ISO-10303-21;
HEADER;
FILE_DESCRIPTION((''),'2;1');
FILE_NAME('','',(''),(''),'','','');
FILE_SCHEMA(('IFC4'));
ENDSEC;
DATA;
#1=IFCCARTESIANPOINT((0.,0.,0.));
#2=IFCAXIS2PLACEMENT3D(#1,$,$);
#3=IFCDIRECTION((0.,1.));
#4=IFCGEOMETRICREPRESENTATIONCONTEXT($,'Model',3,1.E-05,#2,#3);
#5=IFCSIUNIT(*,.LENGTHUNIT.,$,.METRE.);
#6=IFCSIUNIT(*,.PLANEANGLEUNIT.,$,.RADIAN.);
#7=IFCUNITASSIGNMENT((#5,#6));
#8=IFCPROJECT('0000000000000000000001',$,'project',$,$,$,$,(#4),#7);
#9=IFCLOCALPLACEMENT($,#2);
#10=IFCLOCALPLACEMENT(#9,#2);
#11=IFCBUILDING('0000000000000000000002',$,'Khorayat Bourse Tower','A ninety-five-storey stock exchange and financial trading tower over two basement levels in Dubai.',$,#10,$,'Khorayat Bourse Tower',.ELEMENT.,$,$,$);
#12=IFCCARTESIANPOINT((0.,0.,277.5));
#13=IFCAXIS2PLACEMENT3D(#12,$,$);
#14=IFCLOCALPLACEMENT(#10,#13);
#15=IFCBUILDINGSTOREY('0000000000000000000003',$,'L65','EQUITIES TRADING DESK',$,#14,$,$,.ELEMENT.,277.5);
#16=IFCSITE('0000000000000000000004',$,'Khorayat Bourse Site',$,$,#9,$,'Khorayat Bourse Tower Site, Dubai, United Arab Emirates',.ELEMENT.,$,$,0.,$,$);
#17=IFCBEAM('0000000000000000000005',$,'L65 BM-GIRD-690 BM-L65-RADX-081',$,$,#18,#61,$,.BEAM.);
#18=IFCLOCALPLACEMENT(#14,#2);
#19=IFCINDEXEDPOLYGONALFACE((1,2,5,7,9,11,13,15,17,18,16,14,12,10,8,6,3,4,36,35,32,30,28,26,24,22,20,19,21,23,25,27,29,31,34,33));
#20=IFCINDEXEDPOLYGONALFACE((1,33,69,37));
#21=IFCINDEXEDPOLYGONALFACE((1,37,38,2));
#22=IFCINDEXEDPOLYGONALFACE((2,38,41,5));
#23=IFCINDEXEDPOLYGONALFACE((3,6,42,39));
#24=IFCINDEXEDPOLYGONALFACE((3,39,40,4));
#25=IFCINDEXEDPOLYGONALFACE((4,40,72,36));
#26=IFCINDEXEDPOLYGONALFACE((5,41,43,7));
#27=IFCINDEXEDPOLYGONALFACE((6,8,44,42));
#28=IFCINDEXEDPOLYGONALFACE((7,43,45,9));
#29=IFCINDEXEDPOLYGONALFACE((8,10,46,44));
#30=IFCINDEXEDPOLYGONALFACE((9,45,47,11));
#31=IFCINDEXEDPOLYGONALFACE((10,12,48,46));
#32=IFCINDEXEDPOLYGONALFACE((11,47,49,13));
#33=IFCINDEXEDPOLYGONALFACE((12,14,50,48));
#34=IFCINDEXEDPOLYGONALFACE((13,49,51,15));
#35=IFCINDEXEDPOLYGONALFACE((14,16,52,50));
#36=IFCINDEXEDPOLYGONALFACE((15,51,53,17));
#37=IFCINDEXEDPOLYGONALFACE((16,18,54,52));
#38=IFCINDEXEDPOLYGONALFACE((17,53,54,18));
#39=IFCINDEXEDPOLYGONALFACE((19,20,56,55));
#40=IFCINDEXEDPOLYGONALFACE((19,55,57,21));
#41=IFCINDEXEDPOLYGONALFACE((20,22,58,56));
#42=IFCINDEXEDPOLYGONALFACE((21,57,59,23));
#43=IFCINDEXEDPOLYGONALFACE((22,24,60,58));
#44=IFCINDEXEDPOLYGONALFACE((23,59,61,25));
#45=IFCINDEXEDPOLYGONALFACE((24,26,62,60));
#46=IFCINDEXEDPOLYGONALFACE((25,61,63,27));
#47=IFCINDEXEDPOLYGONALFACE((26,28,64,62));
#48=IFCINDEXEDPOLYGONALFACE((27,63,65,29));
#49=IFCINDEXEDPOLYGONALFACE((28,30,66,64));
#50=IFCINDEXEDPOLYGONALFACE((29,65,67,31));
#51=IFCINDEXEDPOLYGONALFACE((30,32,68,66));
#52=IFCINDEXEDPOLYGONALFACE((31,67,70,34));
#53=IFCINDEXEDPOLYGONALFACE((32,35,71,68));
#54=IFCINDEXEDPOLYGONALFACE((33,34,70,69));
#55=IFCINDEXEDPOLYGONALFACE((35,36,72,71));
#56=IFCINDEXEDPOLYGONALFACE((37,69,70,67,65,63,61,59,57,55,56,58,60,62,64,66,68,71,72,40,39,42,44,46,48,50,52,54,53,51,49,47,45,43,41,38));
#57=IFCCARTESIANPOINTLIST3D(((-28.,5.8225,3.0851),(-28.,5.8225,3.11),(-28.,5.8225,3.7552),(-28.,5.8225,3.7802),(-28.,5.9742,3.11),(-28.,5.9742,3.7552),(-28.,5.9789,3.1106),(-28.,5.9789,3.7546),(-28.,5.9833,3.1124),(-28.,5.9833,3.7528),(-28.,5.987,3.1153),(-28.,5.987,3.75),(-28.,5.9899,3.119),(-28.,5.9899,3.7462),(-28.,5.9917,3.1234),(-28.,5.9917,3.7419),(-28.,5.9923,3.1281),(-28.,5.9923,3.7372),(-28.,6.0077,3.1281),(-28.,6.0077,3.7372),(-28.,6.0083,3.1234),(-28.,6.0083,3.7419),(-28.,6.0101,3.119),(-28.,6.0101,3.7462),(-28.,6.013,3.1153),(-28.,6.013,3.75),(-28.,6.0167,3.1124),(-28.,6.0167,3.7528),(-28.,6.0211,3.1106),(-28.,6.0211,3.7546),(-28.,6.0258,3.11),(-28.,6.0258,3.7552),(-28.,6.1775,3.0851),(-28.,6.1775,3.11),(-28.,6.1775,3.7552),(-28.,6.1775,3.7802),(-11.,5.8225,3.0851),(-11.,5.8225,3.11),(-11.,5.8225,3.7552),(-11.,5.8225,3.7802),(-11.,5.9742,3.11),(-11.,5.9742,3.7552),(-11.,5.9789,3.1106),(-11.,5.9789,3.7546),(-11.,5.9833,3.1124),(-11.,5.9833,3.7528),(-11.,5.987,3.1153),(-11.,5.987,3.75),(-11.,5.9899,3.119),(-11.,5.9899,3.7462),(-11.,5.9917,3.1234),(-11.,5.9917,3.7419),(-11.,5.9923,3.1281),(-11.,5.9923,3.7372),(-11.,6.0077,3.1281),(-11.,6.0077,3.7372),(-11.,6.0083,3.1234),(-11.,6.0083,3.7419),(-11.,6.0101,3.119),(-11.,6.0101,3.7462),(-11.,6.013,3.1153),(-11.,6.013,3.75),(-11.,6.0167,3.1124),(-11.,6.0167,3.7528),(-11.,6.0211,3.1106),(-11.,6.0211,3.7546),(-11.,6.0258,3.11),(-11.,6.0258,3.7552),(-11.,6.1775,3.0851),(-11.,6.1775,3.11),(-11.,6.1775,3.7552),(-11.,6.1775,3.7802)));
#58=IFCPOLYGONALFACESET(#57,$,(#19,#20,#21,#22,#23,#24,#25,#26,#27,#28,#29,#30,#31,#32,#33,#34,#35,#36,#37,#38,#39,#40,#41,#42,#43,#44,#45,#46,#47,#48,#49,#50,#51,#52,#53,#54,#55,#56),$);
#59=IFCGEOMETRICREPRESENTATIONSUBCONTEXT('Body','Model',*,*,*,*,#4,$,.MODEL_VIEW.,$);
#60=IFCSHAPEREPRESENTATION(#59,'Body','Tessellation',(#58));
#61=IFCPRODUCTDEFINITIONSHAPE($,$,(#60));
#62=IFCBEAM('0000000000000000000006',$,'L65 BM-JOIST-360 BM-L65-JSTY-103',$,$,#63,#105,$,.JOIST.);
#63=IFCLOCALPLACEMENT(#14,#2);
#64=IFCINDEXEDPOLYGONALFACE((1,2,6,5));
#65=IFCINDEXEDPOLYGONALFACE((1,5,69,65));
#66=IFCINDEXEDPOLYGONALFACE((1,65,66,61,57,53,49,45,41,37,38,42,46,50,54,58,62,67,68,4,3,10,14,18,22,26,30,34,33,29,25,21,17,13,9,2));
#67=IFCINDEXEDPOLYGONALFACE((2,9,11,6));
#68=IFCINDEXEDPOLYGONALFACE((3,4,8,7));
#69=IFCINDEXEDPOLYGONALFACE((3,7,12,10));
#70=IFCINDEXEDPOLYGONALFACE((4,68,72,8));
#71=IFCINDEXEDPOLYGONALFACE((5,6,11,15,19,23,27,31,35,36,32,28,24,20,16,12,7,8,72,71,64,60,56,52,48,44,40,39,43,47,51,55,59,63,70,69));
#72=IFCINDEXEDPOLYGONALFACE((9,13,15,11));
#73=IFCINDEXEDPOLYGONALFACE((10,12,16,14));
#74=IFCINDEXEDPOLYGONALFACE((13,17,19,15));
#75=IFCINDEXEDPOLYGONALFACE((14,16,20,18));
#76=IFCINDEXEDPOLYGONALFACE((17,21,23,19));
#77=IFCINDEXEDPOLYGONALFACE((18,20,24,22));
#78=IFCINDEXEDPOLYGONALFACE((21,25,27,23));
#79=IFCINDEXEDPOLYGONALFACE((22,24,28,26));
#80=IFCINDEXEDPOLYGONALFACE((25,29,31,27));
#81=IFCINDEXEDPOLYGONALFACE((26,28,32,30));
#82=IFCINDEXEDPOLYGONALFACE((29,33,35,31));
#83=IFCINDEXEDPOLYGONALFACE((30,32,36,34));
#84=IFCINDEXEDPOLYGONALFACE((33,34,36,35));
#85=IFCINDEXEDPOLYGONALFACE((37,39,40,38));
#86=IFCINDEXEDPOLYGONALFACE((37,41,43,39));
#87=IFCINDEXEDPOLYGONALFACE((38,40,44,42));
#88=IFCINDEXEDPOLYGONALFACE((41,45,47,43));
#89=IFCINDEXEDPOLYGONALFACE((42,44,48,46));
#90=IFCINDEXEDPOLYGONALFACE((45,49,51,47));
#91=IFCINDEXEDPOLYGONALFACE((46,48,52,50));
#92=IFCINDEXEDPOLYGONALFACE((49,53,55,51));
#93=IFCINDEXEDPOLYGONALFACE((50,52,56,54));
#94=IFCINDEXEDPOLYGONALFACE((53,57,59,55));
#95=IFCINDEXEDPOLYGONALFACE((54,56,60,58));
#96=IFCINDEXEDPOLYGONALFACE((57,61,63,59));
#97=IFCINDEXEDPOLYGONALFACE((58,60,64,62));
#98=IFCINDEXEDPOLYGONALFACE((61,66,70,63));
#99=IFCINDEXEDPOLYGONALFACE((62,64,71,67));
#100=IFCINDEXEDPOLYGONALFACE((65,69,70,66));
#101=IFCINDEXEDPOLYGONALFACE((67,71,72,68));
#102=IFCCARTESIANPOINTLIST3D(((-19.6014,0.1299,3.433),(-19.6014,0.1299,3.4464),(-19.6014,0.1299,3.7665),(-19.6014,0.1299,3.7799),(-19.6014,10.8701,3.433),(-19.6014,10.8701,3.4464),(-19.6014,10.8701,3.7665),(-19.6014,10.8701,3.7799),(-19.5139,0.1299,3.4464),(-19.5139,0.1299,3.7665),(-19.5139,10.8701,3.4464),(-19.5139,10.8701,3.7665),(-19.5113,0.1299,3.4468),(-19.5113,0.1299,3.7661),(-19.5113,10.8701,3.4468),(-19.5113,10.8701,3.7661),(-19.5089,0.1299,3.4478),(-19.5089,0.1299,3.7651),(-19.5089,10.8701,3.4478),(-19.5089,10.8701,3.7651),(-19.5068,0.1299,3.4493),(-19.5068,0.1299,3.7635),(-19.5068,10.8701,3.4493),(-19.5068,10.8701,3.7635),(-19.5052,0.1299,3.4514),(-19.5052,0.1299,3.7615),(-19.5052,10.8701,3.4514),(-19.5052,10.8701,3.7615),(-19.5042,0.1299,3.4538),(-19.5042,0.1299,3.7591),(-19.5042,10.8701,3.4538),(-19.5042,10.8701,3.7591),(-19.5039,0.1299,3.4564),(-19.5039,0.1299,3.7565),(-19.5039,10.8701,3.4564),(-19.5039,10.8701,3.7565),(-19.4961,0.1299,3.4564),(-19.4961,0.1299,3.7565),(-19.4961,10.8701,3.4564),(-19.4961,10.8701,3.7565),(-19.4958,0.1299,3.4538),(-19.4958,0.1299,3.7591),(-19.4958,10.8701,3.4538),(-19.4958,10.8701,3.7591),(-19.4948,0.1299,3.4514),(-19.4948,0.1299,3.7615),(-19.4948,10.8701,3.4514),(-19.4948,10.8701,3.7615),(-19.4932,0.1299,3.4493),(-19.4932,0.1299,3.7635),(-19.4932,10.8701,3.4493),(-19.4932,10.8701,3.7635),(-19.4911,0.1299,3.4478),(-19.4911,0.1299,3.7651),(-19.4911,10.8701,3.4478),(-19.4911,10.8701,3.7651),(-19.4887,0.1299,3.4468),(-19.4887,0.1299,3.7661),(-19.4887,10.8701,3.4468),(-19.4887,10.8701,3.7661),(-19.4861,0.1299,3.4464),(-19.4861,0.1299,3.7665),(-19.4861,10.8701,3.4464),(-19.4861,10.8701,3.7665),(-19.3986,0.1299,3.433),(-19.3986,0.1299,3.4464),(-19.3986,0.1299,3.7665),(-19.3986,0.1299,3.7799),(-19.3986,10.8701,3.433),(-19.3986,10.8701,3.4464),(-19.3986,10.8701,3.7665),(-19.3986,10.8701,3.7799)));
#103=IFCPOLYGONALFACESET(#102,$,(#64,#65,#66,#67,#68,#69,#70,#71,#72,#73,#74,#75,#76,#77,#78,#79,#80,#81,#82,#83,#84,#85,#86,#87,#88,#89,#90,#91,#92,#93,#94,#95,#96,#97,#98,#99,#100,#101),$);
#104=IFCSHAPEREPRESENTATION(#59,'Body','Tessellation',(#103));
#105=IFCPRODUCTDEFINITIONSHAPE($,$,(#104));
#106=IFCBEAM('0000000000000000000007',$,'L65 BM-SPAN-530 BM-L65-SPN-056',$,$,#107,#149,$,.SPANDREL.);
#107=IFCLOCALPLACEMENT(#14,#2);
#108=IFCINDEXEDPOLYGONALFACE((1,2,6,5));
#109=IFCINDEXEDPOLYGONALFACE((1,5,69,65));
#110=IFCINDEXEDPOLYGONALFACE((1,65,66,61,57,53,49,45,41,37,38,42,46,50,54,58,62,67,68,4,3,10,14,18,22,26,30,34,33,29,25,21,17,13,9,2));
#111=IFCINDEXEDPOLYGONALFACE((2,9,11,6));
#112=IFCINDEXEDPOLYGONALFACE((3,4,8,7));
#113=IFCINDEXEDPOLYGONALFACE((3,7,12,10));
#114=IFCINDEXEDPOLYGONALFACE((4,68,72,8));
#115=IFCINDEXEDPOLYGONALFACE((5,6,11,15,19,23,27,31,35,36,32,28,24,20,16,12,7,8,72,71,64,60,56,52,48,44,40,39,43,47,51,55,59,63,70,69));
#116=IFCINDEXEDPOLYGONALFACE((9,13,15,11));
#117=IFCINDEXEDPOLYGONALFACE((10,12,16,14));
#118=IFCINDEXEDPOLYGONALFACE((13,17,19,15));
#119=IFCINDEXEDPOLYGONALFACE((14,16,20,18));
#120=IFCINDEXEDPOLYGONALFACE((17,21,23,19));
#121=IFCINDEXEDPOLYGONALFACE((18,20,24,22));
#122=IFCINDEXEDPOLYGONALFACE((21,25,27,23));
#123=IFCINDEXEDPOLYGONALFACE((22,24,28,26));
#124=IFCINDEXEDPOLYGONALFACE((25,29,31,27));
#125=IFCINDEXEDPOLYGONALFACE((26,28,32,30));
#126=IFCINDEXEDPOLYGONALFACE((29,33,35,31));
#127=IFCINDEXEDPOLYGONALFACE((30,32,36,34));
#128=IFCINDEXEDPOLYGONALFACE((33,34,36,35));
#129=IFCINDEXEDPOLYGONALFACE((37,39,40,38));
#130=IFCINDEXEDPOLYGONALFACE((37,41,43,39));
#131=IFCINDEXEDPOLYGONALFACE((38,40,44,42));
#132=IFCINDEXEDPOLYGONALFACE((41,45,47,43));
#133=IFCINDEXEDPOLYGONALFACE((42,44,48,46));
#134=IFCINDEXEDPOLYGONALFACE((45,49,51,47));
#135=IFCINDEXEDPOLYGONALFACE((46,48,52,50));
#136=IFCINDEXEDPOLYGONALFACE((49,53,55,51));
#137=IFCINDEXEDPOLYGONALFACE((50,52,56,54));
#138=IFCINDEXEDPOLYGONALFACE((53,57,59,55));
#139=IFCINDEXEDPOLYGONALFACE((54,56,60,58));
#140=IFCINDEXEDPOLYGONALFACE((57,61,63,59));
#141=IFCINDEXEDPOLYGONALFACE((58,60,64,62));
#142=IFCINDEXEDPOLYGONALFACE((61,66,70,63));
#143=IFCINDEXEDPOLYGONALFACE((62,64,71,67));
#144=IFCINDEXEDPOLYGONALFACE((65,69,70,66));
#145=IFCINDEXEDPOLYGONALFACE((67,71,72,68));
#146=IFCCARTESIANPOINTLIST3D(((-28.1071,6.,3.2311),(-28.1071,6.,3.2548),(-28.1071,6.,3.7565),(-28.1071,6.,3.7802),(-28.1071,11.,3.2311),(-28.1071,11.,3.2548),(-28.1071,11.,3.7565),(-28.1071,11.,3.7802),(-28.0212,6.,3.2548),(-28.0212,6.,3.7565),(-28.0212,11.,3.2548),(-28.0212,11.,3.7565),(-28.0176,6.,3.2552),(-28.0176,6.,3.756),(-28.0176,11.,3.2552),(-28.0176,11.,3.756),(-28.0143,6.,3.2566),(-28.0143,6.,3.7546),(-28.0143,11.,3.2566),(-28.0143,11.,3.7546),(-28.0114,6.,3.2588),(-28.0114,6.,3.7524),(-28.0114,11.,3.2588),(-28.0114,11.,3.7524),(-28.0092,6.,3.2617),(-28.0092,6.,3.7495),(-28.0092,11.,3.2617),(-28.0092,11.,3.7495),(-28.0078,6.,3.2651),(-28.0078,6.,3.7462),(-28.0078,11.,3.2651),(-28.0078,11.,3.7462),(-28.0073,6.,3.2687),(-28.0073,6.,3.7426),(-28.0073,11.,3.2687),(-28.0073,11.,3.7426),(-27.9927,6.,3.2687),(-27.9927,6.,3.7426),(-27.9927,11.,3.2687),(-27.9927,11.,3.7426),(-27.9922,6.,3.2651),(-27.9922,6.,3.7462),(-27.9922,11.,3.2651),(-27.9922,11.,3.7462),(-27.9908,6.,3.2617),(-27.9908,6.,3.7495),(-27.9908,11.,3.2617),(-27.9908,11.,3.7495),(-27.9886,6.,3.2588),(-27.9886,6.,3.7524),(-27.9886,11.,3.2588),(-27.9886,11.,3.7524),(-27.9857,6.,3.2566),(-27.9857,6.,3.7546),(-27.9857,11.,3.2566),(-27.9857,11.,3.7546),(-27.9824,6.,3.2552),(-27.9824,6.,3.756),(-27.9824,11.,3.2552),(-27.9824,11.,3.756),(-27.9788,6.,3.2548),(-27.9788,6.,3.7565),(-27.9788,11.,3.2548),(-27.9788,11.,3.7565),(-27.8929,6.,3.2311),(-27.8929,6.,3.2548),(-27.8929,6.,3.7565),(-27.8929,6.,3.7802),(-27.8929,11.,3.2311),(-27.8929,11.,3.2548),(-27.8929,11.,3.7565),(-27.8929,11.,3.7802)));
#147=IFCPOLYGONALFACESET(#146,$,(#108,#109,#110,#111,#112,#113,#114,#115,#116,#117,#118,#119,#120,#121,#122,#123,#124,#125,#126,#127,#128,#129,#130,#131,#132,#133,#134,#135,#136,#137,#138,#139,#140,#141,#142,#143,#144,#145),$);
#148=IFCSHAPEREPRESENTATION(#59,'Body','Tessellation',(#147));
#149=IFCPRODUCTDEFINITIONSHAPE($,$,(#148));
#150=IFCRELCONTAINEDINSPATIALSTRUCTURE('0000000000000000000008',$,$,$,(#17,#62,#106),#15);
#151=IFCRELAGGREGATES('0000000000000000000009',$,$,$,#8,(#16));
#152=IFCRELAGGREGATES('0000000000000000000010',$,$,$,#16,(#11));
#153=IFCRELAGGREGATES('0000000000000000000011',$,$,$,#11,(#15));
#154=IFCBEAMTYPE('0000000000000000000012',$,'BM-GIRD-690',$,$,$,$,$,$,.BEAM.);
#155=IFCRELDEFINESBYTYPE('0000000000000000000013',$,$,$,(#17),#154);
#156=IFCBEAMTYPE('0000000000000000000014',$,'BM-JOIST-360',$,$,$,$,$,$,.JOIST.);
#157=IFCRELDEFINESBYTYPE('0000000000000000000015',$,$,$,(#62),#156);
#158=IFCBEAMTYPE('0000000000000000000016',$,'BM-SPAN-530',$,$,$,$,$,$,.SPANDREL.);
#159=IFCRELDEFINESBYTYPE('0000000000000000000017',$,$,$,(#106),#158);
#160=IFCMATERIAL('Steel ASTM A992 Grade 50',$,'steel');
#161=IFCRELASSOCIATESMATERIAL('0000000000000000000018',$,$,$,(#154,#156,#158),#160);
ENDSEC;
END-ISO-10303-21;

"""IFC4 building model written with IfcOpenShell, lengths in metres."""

from ifc_helpers import new_model, si_unit, direction, frame, origin, origin_2d, place, context, subcontext, project, spatial, i_section, extrude, source, transform, mapped, material, material_profile, profile_set, type_object, element, save


model = new_model("IFC4")

# Units and contexts
model_context = context("Model", 3, precision=1e-05, world=origin(), true_north=direction((0.0, 1.0)))
body_context = subcontext(model_context, "Body", "Model", "MODEL_VIEW")
ifc_project = project(units=[si_unit("LENGTHUNIT", "METRE"), si_unit("PLANEANGLEUNIT", "RADIAN")], contexts=[model_context])

# Site, building, storey
site_placement = place(None, origin())
site = spatial("IfcSite", under=ifc_project, at=site_placement, Name="Khorayat Bourse Site", LongName="Khorayat Bourse Tower Site, Dubai, United Arab Emirates", CompositionType="ELEMENT", RefElevation=0.0)
building_placement = place(site_placement, origin())
building = spatial("IfcBuilding", under=site, at=building_placement, Name="Khorayat Bourse Tower", Description="A ninety-five-storey stock exchange and financial trading tower over two basement levels in Dubai.", LongName="Khorayat Bourse Tower", CompositionType="ELEMENT")
storey_placement = place(building_placement, frame((0.0, 0.0, 277.5)))
storey = spatial("IfcBuildingStorey", under=building, at=storey_placement, Name="L65", Description="EQUITIES TRADING DESK", CompositionType="ELEMENT", Elevation=277.5)

# Beams
ifc_material_1 = material(Name="Steel ASTM A992 Grade 50", Category="steel")
ifc_material_profile_1 = material_profile(ifc_material_1, i_section(OverallWidth=0.355, OverallDepth=0.6951, WebThickness=0.0154, FlangeThickness=0.0249, FilletRadius=0.0181, at=origin_2d()), Name="W690X217")
ifc_profile_set_1 = profile_set([ifc_material_profile_1], Name="Steel ASTM A992 Grade 50")
beam_type_1 = type_object("IfcBeamType", Name="BM-GIRD-690", PredefinedType="BEAM", material=ifc_profile_set_1)
shared_shape_1 = source(origin(), body_context, "Body", "SweptSolid", [
    extrude(i_section(OverallWidth=0.355, OverallDepth=0.6951, WebThickness=0.0154, FlangeThickness=0.0249, FilletRadius=0.0181, at=origin_2d()), origin(), (0.0, 0.0, 1.0), 17.0),
])
for number, where, z_axis, x_axis, name in (
    (1, (-28.0, 6.0, 3.4326), (1.0, 0.0, 0.0), (0.0, 1.0, 0.0), "L65 BM-GIRD-690 BM-L65-RADX-081"),
):
    element("IfcBeam", number, at=place(storey_placement, frame(where, z_axis=z_axis, x_axis=x_axis)), inside=storey, type_object=beam_type_1, Name=name, PredefinedType="BEAM", context=body_context, shape_type="MappedRepresentation", body=[
        mapped(shared_shape_1, transform((0.0, 0.0, 0.0), scale=1.0)),
    ])
ifc_material_profile_2 = material_profile(ifc_material_1, i_section(OverallWidth=0.2029, OverallDepth=0.3469, WebThickness=0.0078, FlangeThickness=0.0134, FilletRadius=0.01, at=origin_2d()), Name="W360X64")
ifc_profile_set_2 = profile_set([ifc_material_profile_2], Name="Steel ASTM A992 Grade 50")
beam_type_2 = type_object("IfcBeamType", Name="BM-JOIST-360", PredefinedType="JOIST", material=ifc_profile_set_2)
shared_shape_2 = source(origin(), body_context, "Body", "SweptSolid", [
    extrude(i_section(OverallWidth=0.2029, OverallDepth=0.3469, WebThickness=0.0078, FlangeThickness=0.0134, FilletRadius=0.01, at=origin_2d()), origin(), (0.0, 0.0, 1.0), 10.7402),
])
beam_1_placement = place(storey_placement, frame((-19.5, 0.1299, 3.6064), z_axis=(0.0, 1.0, 0.0), x_axis=(-1.0, 0.0, 0.0)))
element("IfcBeam", 2, at=beam_1_placement, inside=storey, type_object=beam_type_2, Name="L65 BM-JOIST-360 BM-L65-JSTY-103", PredefinedType="JOIST", context=body_context, shape_type="MappedRepresentation", body=[
    mapped(shared_shape_2, transform((0.0, 0.0, 0.0), scale=1.0)),
])
ifc_material_profile_3 = material_profile(ifc_material_1, i_section(OverallWidth=0.2141, OverallDepth=0.5491, WebThickness=0.0146, FlangeThickness=0.0237, FilletRadius=0.0139, at=origin_2d()), Name="W530X138")
ifc_profile_set_3 = profile_set([ifc_material_profile_3], Name="Steel ASTM A992 Grade 50")
beam_type_3 = type_object("IfcBeamType", Name="BM-SPAN-530", PredefinedType="SPANDREL", material=ifc_profile_set_3)
shared_shape_3 = source(origin(), body_context, "Body", "SweptSolid", [
    extrude(i_section(OverallWidth=0.2141, OverallDepth=0.5491, WebThickness=0.0146, FlangeThickness=0.0237, FilletRadius=0.0139, at=origin_2d()), origin(), (0.0, 0.0, 1.0), 5.0),
])
beam_2_placement = place(storey_placement, frame((-28.0, 6.0, 3.5056), z_axis=(0.0, 1.0, 0.0), x_axis=(-1.0, 0.0, 0.0)))
element("IfcBeam", 3, at=beam_2_placement, inside=storey, type_object=beam_type_3, Name="L65 BM-SPAN-530 BM-L65-SPN-056", PredefinedType="SPANDREL", context=body_context, shape_type="MappedRepresentation", body=[
    mapped(shared_shape_3, transform((0.0, 0.0, 0.0), scale=1.0)),
])

save(model, "model.ifc")
